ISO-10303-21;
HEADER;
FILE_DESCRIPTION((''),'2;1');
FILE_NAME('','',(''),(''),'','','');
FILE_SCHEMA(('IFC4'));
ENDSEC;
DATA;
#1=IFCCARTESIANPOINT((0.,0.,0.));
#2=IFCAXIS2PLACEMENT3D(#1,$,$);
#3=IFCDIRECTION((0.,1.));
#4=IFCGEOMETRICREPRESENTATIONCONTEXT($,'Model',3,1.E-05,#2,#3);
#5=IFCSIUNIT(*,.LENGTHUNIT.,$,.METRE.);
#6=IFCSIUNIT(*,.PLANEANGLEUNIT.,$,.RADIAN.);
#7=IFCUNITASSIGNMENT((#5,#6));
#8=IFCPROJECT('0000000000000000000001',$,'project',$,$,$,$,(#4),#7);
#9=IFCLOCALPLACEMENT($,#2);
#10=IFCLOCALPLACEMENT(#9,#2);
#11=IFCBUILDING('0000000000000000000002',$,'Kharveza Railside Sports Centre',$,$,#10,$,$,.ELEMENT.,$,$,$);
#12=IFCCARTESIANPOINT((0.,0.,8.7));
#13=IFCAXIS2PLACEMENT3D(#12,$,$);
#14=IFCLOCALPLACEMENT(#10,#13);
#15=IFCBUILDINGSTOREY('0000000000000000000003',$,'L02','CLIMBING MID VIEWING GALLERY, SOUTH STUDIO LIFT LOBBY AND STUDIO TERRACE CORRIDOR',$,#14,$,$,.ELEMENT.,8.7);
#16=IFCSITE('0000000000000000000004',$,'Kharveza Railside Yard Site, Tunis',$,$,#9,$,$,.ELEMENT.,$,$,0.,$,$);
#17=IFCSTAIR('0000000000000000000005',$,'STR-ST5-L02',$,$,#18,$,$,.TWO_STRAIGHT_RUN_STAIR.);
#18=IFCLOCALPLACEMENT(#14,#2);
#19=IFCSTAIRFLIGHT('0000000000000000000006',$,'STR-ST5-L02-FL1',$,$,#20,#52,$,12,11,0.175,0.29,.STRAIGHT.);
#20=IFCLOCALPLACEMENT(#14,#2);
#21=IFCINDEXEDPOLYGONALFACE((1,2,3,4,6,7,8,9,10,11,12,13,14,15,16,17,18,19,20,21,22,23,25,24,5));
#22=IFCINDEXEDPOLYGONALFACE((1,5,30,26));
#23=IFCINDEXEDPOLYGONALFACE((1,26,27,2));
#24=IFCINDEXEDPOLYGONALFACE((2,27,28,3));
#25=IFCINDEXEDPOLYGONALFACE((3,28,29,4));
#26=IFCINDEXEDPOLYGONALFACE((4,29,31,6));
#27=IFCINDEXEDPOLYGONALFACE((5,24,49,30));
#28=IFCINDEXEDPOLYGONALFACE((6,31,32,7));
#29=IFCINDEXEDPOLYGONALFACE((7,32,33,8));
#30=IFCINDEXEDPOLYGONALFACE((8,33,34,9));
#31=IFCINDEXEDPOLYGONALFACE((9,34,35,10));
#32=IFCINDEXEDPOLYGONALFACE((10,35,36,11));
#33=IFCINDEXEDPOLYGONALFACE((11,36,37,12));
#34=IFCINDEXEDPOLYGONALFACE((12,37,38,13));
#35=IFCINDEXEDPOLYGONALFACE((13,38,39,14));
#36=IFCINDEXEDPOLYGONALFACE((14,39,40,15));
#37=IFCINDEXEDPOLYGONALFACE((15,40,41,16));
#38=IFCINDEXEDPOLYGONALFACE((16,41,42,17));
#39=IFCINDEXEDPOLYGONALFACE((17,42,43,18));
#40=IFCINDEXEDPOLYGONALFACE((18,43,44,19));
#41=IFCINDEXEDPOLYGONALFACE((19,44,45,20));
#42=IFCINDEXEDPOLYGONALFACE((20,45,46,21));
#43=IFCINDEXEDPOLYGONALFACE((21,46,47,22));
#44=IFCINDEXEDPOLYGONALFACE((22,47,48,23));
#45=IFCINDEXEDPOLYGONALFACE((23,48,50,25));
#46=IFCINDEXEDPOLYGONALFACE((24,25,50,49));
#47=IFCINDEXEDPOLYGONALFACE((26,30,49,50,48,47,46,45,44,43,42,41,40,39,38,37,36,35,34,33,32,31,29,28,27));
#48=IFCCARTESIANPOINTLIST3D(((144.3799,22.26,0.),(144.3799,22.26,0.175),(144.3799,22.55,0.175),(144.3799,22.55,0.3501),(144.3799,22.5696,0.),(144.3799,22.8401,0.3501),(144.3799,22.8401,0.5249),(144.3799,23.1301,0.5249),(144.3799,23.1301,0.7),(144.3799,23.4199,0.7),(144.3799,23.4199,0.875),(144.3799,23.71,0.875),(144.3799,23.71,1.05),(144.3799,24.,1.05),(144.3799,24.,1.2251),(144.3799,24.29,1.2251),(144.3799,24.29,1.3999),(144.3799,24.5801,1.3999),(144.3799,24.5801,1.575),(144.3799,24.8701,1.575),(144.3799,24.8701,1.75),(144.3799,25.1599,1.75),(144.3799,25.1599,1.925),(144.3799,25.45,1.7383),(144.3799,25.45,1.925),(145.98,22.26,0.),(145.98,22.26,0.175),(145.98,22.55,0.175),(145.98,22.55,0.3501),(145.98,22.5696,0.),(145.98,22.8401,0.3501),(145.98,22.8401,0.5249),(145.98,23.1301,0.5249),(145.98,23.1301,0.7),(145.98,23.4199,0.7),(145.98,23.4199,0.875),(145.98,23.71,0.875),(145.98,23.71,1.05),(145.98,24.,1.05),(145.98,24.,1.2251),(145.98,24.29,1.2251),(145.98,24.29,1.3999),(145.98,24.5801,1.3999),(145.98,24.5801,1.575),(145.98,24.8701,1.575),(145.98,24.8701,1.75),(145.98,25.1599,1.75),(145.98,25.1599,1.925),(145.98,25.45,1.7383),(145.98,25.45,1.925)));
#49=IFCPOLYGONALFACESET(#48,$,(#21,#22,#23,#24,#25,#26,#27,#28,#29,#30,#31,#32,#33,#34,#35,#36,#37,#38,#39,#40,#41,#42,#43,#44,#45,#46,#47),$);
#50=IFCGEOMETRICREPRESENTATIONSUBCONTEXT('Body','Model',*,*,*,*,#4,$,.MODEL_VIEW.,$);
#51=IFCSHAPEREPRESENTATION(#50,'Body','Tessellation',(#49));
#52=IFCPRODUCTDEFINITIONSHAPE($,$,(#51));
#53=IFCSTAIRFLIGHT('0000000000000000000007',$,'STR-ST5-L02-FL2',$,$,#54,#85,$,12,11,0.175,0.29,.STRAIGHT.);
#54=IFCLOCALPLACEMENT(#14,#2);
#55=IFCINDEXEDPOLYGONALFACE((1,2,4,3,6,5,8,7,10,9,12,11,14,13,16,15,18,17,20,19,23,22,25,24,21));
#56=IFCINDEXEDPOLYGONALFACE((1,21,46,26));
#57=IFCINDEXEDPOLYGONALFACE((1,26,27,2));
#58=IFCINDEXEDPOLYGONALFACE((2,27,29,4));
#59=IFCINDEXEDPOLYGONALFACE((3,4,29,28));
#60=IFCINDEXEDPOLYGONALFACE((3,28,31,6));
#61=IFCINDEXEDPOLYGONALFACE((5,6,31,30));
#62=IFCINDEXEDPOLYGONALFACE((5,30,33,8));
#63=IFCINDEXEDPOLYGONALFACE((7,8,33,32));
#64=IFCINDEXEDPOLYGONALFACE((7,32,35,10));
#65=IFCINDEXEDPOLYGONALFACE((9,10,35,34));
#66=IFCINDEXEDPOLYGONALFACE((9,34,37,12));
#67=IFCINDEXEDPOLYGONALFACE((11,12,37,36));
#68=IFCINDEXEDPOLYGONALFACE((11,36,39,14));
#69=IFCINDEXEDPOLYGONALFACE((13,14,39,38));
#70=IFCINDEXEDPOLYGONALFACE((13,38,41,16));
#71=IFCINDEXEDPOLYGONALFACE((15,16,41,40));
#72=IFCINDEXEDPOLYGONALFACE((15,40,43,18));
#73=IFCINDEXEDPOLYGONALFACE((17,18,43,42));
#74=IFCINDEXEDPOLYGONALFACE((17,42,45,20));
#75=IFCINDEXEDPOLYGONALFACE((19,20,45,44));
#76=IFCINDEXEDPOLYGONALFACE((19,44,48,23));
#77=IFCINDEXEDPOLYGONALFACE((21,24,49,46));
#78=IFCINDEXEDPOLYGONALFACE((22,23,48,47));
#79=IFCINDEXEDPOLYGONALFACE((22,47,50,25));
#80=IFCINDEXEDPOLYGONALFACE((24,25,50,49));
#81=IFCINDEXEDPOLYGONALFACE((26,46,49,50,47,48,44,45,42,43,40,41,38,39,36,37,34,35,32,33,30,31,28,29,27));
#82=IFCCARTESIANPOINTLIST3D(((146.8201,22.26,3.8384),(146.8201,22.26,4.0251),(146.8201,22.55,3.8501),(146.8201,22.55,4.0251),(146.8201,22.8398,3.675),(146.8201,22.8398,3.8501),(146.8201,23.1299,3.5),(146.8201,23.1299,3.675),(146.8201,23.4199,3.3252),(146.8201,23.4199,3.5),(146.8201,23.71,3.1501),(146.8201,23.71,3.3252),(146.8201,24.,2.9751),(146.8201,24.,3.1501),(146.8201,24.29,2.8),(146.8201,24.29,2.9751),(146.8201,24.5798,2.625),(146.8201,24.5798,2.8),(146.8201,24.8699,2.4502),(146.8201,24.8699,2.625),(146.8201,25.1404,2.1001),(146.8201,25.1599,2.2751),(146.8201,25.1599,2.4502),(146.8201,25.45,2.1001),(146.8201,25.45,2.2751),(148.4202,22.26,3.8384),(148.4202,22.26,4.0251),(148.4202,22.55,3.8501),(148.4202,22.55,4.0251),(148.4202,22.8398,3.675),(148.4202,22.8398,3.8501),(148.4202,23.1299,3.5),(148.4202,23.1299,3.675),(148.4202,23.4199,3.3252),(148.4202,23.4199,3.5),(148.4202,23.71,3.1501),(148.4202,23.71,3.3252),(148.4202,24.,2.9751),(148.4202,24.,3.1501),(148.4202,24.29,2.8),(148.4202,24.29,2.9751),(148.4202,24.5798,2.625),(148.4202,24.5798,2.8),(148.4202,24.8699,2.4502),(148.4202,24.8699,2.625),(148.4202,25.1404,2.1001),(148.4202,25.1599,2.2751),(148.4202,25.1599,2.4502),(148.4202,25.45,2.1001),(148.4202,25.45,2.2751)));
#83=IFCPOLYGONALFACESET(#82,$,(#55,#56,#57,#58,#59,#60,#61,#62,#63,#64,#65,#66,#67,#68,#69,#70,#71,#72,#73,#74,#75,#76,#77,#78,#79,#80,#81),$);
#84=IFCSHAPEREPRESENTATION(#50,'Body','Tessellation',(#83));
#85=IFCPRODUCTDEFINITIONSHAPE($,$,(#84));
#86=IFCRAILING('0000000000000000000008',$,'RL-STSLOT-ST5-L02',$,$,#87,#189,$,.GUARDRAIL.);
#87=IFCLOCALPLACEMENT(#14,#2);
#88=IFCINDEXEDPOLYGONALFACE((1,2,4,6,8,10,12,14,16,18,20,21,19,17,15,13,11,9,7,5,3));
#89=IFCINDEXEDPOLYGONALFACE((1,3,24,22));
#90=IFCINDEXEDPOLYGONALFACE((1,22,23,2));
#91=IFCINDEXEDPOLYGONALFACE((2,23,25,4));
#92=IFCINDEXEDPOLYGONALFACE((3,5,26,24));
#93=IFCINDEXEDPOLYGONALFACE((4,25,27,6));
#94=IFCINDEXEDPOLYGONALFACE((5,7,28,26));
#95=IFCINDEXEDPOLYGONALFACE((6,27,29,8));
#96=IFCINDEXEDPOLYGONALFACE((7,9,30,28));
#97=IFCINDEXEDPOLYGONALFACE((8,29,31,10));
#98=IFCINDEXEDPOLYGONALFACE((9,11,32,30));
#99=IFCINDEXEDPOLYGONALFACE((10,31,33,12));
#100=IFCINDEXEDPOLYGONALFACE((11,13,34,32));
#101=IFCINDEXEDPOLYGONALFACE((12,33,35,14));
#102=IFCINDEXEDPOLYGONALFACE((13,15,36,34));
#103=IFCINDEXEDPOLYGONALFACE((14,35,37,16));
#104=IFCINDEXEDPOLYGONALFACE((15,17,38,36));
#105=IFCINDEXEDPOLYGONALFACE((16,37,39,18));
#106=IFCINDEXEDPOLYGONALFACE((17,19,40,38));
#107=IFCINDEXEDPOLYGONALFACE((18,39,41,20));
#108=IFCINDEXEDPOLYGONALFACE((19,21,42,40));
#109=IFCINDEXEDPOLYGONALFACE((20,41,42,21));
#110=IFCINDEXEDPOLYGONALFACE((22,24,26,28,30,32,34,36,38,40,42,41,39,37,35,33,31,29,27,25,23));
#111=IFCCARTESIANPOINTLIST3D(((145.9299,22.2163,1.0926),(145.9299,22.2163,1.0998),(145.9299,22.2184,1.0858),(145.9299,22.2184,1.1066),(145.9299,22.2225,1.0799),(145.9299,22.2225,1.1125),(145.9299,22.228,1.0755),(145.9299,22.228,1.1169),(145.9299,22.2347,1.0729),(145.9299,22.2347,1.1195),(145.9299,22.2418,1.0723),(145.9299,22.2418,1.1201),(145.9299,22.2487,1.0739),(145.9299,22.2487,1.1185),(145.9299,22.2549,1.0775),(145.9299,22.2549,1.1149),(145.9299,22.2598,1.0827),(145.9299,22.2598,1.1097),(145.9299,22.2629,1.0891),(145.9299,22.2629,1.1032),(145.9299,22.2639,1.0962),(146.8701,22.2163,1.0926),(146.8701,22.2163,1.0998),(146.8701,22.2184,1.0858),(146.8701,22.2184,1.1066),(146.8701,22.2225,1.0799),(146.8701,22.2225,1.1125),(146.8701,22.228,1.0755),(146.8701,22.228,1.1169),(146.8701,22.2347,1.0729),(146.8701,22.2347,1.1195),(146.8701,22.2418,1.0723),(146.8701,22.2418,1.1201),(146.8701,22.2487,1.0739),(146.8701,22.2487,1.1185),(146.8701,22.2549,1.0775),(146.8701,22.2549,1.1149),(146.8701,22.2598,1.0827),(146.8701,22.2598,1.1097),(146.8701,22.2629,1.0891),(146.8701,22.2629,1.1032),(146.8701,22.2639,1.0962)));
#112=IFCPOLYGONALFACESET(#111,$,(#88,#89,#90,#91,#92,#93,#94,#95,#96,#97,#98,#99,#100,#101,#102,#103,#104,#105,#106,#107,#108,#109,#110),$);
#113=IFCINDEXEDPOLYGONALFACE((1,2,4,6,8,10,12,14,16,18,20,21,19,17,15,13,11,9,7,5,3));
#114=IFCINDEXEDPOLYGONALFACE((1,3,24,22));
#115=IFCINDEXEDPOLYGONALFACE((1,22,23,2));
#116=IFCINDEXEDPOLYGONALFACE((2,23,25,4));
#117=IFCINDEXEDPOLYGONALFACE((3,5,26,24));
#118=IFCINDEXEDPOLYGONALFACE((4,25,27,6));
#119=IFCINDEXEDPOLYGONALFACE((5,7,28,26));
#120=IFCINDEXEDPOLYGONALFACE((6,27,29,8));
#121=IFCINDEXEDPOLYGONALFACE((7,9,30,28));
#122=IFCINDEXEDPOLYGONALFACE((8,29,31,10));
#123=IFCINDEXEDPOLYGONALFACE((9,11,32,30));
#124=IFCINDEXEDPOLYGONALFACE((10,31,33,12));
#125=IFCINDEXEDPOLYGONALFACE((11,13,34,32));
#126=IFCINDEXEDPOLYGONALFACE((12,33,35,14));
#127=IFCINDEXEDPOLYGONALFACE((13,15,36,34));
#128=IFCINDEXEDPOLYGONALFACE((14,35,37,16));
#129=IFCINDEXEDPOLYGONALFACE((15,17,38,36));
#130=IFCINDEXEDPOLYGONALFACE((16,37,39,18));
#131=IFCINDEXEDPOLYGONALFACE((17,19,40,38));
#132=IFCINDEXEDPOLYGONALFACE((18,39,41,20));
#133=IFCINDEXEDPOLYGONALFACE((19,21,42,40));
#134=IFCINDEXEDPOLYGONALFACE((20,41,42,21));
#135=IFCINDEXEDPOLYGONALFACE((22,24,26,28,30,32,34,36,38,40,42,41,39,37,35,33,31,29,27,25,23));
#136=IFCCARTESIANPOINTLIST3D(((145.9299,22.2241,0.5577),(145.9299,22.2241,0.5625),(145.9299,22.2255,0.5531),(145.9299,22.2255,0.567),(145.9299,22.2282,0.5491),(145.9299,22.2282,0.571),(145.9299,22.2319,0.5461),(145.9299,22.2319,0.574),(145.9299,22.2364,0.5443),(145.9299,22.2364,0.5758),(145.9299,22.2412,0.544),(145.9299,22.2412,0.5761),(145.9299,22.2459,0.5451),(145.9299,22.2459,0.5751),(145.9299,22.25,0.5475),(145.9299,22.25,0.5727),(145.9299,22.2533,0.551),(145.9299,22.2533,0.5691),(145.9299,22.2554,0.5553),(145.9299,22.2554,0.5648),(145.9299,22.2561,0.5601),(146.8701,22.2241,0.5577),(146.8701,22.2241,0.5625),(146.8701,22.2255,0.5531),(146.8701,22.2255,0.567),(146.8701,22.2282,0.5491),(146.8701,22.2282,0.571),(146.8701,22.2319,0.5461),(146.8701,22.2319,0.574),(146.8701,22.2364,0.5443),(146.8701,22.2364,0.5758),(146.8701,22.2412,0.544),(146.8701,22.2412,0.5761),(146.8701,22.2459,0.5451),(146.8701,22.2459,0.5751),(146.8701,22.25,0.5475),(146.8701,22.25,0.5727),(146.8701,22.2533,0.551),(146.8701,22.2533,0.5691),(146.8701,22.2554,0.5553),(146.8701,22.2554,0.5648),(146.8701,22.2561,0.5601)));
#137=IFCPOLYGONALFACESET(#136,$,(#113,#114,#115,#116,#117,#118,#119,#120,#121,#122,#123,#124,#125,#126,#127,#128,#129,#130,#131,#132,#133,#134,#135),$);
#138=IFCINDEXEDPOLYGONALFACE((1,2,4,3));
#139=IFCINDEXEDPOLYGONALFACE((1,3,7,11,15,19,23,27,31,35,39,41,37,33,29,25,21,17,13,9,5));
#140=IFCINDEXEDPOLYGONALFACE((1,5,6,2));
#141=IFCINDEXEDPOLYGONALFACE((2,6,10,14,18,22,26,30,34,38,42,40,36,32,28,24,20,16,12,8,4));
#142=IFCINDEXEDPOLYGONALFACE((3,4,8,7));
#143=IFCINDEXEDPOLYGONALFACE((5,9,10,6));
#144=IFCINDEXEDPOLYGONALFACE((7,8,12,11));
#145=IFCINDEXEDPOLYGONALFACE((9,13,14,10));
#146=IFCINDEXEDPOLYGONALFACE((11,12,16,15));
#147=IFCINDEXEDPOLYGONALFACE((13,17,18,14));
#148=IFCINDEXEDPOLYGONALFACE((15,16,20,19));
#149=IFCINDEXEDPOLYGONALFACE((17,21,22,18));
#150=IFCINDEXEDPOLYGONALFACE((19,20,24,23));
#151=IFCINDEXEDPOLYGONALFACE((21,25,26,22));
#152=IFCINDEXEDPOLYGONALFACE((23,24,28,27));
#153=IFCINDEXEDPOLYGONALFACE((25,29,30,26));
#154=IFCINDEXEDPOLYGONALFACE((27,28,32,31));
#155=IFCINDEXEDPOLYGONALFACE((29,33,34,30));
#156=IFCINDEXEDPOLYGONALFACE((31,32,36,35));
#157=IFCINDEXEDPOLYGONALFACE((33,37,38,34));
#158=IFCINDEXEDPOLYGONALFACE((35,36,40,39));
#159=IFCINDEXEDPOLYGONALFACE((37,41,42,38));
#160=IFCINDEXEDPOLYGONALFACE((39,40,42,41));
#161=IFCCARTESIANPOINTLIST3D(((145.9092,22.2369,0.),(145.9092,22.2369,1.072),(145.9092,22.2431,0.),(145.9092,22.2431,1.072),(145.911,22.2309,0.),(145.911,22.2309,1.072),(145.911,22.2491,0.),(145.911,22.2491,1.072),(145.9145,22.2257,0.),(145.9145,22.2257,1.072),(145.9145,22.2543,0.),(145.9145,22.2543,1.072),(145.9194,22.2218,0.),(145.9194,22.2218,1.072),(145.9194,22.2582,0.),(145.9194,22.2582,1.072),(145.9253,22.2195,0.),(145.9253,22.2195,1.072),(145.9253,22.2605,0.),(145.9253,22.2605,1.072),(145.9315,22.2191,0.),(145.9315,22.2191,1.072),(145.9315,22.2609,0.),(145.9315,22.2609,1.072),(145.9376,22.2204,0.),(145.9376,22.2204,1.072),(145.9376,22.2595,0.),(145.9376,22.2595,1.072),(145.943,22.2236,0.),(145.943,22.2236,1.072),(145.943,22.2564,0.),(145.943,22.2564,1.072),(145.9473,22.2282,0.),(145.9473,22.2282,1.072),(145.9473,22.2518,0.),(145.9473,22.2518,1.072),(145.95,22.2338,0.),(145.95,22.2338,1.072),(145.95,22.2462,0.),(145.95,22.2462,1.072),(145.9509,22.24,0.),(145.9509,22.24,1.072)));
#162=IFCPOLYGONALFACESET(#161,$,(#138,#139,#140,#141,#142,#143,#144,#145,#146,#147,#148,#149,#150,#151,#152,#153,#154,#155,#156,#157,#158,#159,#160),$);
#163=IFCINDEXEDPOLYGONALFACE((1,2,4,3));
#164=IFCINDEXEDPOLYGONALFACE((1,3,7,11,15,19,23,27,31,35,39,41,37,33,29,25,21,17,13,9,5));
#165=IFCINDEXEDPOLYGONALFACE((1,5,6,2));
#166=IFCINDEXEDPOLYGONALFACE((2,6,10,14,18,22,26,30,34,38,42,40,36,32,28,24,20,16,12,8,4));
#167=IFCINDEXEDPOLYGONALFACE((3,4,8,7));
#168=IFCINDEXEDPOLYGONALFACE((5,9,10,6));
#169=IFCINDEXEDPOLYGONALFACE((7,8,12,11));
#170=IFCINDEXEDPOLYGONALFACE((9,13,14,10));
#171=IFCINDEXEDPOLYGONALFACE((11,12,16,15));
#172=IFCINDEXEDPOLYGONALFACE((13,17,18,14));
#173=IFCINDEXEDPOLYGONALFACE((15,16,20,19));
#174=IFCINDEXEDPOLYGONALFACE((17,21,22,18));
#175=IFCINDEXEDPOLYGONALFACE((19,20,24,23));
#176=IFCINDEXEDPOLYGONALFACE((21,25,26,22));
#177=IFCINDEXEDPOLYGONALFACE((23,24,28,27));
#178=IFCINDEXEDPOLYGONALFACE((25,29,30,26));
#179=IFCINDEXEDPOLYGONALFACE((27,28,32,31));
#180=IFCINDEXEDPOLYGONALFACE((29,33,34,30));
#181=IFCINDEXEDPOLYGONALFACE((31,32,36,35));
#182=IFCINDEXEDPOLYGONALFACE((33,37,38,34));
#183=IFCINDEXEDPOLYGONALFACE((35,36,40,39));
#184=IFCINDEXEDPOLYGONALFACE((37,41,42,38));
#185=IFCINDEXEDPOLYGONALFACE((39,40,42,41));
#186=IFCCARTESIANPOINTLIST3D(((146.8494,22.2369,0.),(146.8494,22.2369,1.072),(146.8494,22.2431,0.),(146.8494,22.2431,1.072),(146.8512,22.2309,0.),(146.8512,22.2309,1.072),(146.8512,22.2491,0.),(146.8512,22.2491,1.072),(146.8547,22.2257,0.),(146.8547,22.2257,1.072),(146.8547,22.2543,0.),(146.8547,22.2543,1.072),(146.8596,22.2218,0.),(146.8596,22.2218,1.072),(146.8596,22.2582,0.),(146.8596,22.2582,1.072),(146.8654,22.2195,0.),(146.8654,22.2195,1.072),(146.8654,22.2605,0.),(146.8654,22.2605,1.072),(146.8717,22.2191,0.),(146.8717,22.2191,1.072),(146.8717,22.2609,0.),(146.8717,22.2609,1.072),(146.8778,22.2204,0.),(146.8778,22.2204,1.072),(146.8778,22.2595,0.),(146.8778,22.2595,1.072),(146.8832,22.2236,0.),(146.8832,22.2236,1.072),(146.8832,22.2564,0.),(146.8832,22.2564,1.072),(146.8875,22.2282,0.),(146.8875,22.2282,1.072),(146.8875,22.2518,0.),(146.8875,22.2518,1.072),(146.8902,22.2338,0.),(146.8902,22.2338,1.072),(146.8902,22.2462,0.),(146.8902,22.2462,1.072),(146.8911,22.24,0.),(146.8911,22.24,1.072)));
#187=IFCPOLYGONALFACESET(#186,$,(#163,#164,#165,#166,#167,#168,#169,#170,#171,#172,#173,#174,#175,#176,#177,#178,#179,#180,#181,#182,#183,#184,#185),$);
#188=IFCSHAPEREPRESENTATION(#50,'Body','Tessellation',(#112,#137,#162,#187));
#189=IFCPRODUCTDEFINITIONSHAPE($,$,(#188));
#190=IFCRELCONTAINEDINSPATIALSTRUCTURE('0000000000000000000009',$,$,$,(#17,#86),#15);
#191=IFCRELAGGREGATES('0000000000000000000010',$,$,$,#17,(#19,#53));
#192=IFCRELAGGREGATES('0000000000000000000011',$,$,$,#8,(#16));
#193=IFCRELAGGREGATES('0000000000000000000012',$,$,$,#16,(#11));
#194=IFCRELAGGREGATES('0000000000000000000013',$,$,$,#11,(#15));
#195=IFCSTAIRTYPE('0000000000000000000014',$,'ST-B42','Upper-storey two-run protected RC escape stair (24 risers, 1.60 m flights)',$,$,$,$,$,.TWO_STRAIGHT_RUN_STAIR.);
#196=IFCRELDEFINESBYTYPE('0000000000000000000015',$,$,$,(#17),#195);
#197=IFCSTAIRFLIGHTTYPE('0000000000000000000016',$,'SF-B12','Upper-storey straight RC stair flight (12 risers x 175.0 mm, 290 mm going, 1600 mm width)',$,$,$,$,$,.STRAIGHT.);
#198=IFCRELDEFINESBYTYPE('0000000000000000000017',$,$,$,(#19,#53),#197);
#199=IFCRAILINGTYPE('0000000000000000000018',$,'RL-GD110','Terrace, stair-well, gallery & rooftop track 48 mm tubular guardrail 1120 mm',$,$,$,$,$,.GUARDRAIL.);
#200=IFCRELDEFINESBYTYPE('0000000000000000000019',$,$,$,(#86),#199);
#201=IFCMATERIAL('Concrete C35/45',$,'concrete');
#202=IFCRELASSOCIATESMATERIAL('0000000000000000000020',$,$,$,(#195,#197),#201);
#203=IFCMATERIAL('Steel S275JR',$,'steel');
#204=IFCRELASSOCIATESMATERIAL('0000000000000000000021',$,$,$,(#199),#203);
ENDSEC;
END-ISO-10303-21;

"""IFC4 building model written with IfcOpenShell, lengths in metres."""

from ifc_helpers import new_model, si_unit, direction, frame, origin, origin_2d, place, context, subcontext, project, spatial, polyline, circle, outline, extrude, material, type_object, element, aggregate, save


model = new_model("IFC4")

# Units and contexts
model_context = context("Model", 3, precision=1e-05, world=origin(), true_north=direction((0.0, 1.0)))
body_context = subcontext(model_context, "Body", "Model", "MODEL_VIEW")
ifc_project = project(units=[si_unit("LENGTHUNIT", "METRE"), si_unit("PLANEANGLEUNIT", "RADIAN")], contexts=[model_context])

# Site, building, storey
site_placement = place(None, origin())
site = spatial("IfcSite", under=ifc_project, at=site_placement, Name="Kharveza Railside Yard Site, Tunis", CompositionType="ELEMENT", RefElevation=0.0)
building_placement = place(site_placement, origin())
building = spatial("IfcBuilding", under=site, at=building_placement, Name="Kharveza Railside Sports Centre", CompositionType="ELEMENT")
storey_placement = place(building_placement, frame((0.0, 0.0, 8.7)))
storey = spatial("IfcBuildingStorey", under=building, at=storey_placement, Name="L02", Description="CLIMBING MID VIEWING GALLERY, SOUTH STUDIO LIFT LOBBY AND STUDIO TERRACE CORRIDOR", CompositionType="ELEMENT", Elevation=8.7)

# Shared definitions
ifc_material_1 = material(Name="Concrete C35/45", Category="concrete")

# Stair, stair flights
stair_type = type_object("IfcStairType", Name="ST-B42", Description="Upper-storey two-run protected RC escape stair (24 risers, 1.60 m flights)", PredefinedType="TWO_STRAIGHT_RUN_STAIR", material=ifc_material_1)
stair_placement = place(storey_placement, origin())
stair = element("IfcStair", 1, at=stair_placement, inside=storey, type_object=stair_type, Name="STR-ST5-L02", PredefinedType="TWO_STRAIGHT_RUN_STAIR")
stair_flight_type = type_object("IfcStairFlightType", Name="SF-B12", Description="Upper-storey straight RC stair flight (12 risers x 175.0 mm, 290 mm going, 1600 mm width)", PredefinedType="STRAIGHT", material=ifc_material_1)
stair_flight_1_placement = place(storey_placement, frame((145.1799, 22.26, 0.0), z_axis=(0.0, 0.0, 1.0), x_axis=(0.0, 1.0, 0.0)))
stair_flight_1 = element("IfcStairFlight", 2, at=stair_flight_1_placement, type_object=stair_flight_type, Name="STR-ST5-L02-FL1", NumberOfRisers=12, NumberOfTreads=11, PredefinedType="STRAIGHT", RiserHeight=0.175, TreadLength=0.29, context=body_context, shape_type="SweptSolid", body=[
    extrude(outline(polyline([(0.0, 0.0), (0.0, 0.175), (0.29, 0.175), (0.29, 0.3501), (0.5801, 0.3501), (0.5801, 0.5249), (0.8701, 0.5249), (0.8701, 0.7), (1.1599, 0.7), (1.1599, 0.875), (1.45, 0.875), (1.45, 1.05), (1.74, 1.05), (1.74, 1.2251), (2.03, 1.2251), (2.03, 1.3999), (2.3201, 1.3999), (2.3201, 1.575), (2.6101, 1.575), (2.6101, 1.75), (2.8999, 1.75), (2.8999, 1.925), (3.1899, 1.925), (3.1899, 2.1001), (3.1899, 1.7383), (0.3096, 0.0), (0.0, 0.0)])), frame((0.0, 0.8, 0.0), z_axis=(0.0, -1.0, 0.0), x_axis=(1.0, 0.0, 0.0)), (0.0, 0.0, 1.0), 1.6001),
])
stair_flight_2_placement = place(storey_placement, frame((147.6201, 25.45, 2.1001), z_axis=(0.0, 0.0, 1.0), x_axis=(0.0, -1.0, 0.0)))
stair_flight_2 = element("IfcStairFlight", 3, at=stair_flight_2_placement, type_object=stair_flight_type, Name="STR-ST5-L02-FL2", NumberOfRisers=12, NumberOfTreads=11, PredefinedType="STRAIGHT", RiserHeight=0.175, TreadLength=0.29, context=body_context, shape_type="SweptSolid", body=[
    extrude(outline(polyline([(0.0, 0.0), (0.0, 0.175), (0.29, 0.175), (0.29, 0.3501), (0.5801, 0.3501), (0.5801, 0.5249), (0.8701, 0.5249), (0.8701, 0.7), (1.1599, 0.7), (1.1599, 0.875), (1.45, 0.875), (1.45, 1.05), (1.74, 1.05), (1.74, 1.2251), (2.03, 1.2251), (2.03, 1.3999), (2.3201, 1.3999), (2.3201, 1.575), (2.6101, 1.575), (2.6101, 1.75), (2.8999, 1.75), (2.8999, 1.925), (3.1899, 1.925), (3.1899, 2.1001), (3.1899, 1.7383), (0.3096, 0.0), (0.0, 0.0)])), frame((0.0, 0.8, 0.0), z_axis=(0.0, -1.0, 0.0), x_axis=(1.0, 0.0, 0.0)), (0.0, 0.0, 1.0), 1.6001),
])
aggregate(stair, [stair_flight_1, stair_flight_2])

# Railing
ifc_material_2 = material(Name="Steel S275JR", Category="steel")
railing_type_1 = type_object("IfcRailingType", Name="RL-GD110", Description="Terrace, stair-well, gallery & rooftop track 48 mm tubular guardrail 1120 mm", PredefinedType="GUARDRAIL", material=ifc_material_2)
railing_1_placement = place(storey_placement, frame((145.9299, 22.24, 0.0)))
element("IfcRailing", 4, at=railing_1_placement, inside=storey, type_object=railing_type_1, Name="RL-STSLOT-ST5-L02", PredefinedType="GUARDRAIL", context=body_context, shape_type="SweptSolid", body=[
    extrude(circle(Radius=0.0239, at=origin_2d()), frame((0.0, 0.0, 1.0962), z_axis=(1.0, 0.0, 0.0), x_axis=(0.0, 1.0, 0.0)), (0.0, 0.0, 1.0), 0.9402),
    extrude(circle(Radius=0.0161, at=origin_2d()), frame((0.0, 0.0, 0.5601), z_axis=(1.0, 0.0, 0.0), x_axis=(0.0, 1.0, 0.0)), (0.0, 0.0, 1.0), 0.9402),
    extrude(circle(Radius=0.021, at=origin_2d()), origin(), (0.0, 0.0, 1.0), 1.072),
    extrude(circle(Radius=0.021, at=origin_2d()), frame((0.9402, 0.0, 0.0)), (0.0, 0.0, 1.0), 1.072),
])

save(model, "model.ifc")
